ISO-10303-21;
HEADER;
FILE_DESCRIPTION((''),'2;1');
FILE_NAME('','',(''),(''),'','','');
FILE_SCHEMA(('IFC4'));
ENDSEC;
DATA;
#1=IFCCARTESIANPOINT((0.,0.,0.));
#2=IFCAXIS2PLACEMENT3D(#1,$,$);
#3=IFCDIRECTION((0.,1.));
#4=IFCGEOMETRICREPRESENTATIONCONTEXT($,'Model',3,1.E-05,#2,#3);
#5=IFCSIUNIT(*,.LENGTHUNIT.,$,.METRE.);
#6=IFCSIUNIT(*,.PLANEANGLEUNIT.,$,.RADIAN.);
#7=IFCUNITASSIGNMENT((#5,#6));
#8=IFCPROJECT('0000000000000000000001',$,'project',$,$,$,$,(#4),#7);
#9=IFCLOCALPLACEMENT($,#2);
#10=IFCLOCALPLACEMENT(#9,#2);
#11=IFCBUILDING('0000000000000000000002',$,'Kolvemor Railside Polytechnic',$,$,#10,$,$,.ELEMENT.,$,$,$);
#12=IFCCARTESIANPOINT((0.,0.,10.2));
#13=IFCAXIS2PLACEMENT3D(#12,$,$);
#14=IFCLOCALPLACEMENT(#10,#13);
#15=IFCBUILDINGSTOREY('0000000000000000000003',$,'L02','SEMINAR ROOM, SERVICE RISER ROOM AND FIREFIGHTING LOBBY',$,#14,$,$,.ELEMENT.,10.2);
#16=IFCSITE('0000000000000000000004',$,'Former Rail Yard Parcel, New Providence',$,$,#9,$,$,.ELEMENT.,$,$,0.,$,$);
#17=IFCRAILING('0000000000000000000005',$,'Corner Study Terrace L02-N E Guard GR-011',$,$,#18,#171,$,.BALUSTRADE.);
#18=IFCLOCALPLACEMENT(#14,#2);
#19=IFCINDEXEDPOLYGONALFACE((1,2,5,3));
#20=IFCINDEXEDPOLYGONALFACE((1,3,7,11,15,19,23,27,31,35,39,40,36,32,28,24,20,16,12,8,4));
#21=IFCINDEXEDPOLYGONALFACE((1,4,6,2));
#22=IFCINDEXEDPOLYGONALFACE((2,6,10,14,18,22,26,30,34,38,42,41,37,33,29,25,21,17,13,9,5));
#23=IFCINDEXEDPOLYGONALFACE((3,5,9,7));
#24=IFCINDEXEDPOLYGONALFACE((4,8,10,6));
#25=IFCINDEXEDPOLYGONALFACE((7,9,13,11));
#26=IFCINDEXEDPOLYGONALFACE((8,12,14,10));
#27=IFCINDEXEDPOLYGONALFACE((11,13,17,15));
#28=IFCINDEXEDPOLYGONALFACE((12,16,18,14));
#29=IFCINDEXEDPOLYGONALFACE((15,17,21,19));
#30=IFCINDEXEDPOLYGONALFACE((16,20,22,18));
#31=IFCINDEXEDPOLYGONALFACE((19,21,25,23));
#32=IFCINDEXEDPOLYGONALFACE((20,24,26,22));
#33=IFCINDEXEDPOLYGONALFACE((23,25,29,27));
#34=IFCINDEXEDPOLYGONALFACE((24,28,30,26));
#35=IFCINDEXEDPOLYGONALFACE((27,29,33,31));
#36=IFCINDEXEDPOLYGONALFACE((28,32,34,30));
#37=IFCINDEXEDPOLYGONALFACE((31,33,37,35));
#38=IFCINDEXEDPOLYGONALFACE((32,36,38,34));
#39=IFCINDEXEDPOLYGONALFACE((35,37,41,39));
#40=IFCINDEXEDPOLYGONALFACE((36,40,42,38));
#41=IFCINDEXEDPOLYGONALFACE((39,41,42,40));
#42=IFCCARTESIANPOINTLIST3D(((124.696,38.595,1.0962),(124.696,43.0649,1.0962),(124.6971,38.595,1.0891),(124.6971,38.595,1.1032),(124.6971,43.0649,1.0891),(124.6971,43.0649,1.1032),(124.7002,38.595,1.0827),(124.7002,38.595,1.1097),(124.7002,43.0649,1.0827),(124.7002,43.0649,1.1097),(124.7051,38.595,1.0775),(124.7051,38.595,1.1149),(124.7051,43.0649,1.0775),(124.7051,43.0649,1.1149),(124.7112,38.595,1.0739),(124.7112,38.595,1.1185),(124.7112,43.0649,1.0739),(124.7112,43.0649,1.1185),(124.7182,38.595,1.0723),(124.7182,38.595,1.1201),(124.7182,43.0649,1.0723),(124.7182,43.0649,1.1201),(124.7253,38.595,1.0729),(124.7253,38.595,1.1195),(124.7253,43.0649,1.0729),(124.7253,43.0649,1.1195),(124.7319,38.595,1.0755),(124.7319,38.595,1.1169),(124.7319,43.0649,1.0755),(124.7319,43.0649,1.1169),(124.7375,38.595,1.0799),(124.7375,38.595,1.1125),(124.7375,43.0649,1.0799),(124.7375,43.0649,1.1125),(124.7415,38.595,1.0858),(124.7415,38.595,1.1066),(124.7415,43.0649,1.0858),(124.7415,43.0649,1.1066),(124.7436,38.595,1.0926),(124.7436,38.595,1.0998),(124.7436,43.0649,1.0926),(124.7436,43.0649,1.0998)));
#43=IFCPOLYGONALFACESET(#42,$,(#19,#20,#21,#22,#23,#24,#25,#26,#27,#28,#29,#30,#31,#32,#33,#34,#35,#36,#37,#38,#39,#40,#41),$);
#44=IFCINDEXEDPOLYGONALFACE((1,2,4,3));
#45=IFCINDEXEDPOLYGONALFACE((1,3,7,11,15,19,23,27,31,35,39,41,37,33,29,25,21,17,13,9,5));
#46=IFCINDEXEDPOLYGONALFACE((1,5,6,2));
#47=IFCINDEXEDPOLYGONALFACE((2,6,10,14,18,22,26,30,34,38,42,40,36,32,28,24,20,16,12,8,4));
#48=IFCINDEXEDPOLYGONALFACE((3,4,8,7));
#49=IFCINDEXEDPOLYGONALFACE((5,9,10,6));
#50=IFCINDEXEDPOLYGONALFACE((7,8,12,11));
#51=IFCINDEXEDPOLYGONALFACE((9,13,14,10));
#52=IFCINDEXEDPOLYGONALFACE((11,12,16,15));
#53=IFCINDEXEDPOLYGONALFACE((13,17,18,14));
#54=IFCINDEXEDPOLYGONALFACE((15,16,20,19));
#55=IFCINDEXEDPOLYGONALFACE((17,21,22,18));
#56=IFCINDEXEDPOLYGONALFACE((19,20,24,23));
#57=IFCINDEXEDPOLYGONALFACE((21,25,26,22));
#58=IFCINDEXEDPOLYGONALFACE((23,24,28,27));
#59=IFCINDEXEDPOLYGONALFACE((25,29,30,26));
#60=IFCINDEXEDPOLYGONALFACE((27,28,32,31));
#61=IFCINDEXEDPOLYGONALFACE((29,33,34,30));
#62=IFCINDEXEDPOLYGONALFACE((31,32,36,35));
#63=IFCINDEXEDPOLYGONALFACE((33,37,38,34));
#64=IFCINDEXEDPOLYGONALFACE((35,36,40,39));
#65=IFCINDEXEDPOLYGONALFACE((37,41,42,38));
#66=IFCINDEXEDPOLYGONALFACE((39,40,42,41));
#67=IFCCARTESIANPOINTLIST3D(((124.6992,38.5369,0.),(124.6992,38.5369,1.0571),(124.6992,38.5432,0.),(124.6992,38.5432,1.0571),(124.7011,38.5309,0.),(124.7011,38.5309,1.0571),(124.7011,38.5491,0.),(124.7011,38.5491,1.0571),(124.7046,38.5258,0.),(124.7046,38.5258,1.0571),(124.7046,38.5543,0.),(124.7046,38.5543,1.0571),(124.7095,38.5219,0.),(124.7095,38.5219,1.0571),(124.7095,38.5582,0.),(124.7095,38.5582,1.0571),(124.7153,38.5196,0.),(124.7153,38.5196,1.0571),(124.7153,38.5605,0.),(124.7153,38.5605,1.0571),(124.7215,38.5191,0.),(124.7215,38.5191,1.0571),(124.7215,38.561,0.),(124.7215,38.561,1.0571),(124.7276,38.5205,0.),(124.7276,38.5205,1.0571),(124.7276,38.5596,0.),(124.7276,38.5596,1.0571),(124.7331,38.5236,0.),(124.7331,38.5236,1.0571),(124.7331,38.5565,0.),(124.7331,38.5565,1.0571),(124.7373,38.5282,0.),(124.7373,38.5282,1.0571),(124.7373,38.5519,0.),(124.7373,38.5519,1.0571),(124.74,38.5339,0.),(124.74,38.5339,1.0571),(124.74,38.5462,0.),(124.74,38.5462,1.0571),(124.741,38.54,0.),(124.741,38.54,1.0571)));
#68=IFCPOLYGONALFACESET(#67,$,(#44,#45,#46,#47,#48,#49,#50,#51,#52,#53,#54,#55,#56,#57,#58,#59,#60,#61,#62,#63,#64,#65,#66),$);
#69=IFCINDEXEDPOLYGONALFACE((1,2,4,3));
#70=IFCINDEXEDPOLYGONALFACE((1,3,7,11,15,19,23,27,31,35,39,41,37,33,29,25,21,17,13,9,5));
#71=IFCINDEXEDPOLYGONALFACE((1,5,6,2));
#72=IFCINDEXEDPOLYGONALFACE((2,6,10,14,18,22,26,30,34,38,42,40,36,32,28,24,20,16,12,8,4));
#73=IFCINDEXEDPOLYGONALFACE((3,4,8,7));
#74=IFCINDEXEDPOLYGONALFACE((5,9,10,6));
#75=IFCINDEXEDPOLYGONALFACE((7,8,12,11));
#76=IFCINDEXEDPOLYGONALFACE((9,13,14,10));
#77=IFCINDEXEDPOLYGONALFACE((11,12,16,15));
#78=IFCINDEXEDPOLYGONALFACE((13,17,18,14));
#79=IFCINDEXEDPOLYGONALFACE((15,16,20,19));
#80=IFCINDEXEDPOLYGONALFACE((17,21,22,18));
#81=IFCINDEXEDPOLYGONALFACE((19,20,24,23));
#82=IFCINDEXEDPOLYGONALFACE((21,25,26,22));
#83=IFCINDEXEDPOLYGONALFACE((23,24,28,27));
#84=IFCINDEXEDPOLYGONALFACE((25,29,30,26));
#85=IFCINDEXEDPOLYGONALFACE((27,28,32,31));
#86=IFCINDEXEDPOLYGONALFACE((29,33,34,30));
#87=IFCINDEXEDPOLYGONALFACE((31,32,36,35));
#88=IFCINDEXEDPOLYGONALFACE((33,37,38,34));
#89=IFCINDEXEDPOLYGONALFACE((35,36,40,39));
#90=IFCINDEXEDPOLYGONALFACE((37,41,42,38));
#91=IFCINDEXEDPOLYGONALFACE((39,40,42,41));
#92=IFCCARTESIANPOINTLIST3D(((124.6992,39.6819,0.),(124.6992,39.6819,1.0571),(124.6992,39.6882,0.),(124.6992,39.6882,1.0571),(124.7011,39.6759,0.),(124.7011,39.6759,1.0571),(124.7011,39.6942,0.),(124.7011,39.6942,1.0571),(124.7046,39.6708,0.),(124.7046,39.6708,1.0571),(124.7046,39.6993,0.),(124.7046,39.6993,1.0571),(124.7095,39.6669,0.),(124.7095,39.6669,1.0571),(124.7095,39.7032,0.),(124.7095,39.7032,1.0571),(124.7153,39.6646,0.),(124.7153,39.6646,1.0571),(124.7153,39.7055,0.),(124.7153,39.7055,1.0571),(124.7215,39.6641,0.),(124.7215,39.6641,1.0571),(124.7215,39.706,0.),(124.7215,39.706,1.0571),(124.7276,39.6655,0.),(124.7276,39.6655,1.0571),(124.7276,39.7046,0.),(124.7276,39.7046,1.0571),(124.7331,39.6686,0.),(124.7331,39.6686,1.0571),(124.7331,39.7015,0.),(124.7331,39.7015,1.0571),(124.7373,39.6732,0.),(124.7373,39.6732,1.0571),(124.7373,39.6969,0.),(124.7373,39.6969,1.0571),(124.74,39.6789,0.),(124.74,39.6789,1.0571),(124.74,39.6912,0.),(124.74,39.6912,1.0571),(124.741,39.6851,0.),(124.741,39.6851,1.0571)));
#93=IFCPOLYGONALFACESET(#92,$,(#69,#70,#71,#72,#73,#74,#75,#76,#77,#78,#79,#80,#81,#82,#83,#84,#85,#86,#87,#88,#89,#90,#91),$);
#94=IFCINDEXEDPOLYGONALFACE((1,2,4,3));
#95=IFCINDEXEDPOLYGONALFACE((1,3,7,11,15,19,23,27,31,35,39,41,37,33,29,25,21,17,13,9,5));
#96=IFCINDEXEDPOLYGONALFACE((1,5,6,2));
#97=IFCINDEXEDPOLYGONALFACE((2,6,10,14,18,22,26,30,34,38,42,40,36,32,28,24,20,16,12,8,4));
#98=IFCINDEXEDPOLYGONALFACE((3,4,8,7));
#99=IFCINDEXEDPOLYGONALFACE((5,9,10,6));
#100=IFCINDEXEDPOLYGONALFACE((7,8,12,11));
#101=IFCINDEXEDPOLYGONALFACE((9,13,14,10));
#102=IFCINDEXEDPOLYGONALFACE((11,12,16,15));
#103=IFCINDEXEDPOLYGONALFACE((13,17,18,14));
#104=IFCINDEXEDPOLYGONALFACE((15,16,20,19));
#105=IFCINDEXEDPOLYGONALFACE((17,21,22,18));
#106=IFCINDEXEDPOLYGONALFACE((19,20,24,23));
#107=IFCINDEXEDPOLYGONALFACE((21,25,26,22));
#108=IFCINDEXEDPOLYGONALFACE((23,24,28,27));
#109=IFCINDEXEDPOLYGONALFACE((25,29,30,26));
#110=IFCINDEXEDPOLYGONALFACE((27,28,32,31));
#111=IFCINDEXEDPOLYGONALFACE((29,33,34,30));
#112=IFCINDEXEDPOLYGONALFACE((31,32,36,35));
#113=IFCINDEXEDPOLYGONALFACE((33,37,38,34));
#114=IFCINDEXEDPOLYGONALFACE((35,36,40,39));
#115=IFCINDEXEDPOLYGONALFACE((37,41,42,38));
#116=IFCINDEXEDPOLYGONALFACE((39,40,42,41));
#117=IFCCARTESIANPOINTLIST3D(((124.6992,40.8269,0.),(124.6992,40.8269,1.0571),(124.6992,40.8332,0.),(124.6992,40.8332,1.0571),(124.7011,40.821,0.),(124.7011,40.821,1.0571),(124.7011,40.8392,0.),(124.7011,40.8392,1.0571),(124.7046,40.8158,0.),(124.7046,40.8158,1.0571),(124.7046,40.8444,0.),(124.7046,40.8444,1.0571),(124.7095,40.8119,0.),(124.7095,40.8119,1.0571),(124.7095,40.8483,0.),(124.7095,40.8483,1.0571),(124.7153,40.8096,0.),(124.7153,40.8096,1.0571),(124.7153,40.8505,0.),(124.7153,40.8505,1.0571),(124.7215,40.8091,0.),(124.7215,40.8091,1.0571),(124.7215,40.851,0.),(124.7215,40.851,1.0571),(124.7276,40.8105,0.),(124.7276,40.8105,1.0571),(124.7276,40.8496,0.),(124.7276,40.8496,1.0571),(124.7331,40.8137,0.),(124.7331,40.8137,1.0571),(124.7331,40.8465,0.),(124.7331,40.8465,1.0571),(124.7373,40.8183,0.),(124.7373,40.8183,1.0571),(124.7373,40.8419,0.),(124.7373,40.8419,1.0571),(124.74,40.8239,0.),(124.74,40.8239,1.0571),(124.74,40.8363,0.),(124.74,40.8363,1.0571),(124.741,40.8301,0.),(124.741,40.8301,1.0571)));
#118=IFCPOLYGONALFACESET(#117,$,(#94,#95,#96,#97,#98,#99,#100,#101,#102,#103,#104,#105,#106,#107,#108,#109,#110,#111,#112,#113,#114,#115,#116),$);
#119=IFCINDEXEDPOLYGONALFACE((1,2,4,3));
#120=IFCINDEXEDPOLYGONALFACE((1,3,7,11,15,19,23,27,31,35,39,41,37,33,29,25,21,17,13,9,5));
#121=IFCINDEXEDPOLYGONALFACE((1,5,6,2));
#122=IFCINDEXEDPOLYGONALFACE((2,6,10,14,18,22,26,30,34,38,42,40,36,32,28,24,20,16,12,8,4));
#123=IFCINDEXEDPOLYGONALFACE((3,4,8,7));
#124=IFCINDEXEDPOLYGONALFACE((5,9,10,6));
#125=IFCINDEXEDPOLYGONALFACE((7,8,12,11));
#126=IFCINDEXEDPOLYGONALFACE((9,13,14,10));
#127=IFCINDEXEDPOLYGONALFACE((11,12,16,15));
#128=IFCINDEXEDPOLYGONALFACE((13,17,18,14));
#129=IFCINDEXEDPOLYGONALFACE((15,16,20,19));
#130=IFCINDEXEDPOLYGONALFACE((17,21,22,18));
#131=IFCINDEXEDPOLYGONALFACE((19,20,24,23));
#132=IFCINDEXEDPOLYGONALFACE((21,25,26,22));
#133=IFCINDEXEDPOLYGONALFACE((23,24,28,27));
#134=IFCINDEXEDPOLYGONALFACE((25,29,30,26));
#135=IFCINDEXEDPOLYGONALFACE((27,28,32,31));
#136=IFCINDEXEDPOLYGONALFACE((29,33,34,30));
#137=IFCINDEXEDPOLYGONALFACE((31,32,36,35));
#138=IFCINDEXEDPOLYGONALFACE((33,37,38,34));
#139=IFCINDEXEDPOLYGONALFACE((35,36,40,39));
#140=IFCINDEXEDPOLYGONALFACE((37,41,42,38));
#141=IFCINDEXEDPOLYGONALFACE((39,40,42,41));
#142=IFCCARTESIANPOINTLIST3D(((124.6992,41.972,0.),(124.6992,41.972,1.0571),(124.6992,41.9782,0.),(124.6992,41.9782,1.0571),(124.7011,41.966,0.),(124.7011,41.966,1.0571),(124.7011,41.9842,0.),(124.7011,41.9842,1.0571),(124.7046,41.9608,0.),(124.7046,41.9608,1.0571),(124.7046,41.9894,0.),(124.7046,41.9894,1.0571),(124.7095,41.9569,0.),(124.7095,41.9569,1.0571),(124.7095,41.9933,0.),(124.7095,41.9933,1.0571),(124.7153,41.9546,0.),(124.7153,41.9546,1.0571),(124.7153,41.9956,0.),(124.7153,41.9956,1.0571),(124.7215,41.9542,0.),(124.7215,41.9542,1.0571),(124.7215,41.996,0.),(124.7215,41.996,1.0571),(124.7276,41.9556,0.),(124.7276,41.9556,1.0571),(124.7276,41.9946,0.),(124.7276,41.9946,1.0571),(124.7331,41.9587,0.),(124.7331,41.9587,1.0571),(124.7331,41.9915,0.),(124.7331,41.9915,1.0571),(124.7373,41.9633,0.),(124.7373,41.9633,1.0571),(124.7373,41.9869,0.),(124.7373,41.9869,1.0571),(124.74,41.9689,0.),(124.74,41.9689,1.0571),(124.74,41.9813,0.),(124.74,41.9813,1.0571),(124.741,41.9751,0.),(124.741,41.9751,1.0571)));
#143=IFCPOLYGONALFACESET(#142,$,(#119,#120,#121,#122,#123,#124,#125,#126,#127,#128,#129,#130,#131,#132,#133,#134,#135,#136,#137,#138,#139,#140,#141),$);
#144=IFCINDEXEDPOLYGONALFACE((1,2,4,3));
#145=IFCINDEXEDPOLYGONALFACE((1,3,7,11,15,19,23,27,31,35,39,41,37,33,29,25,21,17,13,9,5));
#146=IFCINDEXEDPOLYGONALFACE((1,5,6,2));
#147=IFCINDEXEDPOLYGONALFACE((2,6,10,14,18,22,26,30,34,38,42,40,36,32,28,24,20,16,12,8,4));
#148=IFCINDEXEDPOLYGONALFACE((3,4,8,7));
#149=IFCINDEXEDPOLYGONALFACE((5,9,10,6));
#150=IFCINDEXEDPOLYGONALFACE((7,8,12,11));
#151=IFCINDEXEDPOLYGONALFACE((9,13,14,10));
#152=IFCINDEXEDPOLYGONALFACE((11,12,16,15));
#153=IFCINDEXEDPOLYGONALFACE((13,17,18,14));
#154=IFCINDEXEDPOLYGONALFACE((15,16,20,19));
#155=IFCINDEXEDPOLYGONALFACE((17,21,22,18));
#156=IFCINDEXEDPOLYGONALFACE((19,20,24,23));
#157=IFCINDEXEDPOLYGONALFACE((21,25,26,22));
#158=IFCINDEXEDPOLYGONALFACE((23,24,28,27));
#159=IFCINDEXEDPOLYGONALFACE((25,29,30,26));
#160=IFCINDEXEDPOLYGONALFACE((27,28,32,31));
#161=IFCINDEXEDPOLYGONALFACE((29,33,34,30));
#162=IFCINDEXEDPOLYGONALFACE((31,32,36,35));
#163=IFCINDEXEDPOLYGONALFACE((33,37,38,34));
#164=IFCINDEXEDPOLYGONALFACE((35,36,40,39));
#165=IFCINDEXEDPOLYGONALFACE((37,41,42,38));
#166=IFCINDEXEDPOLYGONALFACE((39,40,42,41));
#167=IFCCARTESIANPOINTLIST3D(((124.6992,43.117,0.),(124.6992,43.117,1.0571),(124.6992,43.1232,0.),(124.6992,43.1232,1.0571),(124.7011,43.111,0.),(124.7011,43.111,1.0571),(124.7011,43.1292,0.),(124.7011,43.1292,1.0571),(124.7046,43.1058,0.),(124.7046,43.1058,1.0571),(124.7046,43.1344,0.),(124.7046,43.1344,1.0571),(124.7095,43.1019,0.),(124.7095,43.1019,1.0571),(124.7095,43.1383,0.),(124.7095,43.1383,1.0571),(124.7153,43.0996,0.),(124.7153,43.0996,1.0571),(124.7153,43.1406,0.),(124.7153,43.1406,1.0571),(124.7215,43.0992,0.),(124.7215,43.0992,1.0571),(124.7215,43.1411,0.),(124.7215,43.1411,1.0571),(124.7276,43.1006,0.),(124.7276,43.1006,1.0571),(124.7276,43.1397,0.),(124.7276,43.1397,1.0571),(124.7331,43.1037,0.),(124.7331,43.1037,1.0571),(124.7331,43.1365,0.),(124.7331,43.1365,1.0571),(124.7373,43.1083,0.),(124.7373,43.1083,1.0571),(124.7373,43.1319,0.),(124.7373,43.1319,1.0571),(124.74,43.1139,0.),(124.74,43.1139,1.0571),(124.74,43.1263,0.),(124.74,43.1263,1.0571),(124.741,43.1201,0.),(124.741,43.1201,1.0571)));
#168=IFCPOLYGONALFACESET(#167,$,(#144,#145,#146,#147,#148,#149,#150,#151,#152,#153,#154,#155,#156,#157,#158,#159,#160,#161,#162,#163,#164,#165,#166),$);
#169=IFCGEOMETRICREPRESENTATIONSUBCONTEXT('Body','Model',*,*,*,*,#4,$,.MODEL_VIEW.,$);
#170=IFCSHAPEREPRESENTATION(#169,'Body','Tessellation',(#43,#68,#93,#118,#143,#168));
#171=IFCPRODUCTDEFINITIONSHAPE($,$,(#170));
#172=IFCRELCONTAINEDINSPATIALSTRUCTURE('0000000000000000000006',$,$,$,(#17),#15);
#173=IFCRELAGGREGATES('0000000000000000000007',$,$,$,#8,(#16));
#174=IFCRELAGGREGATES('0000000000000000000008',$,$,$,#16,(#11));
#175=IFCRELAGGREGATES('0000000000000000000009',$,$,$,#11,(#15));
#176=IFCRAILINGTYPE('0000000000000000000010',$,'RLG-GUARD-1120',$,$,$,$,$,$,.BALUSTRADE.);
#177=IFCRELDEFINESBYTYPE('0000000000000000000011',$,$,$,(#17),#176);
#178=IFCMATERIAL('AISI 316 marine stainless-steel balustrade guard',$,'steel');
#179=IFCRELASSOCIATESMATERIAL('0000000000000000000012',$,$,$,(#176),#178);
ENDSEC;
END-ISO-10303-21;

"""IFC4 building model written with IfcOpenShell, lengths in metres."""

from ifc_helpers import new_model, si_unit, direction, frame, origin, origin_2d, place, context, subcontext, project, spatial, circle, extrude, material, type_object, element, save


model = new_model("IFC4")

# Units and contexts
model_context = context("Model", 3, precision=1e-05, world=origin(), true_north=direction((0.0, 1.0)))
body_context = subcontext(model_context, "Body", "Model", "MODEL_VIEW")
ifc_project = project(units=[si_unit("LENGTHUNIT", "METRE"), si_unit("PLANEANGLEUNIT", "RADIAN")], contexts=[model_context])

# Site, building, storey
site_placement = place(None, origin())
site = spatial("IfcSite", under=ifc_project, at=site_placement, Name="Former Rail Yard Parcel, New Providence", CompositionType="ELEMENT", RefElevation=0.0)
building_placement = place(site_placement, origin())
building = spatial("IfcBuilding", under=site, at=building_placement, Name="Kolvemor Railside Polytechnic", CompositionType="ELEMENT")
storey_placement = place(building_placement, frame((0.0, 0.0, 10.2)))
storey = spatial("IfcBuildingStorey", under=building, at=storey_placement, Name="L02", Description="SEMINAR ROOM, SERVICE RISER ROOM AND FIREFIGHTING LOBBY", CompositionType="ELEMENT", Elevation=10.2)

# Railing
ifc_material_1 = material(Name="AISI 316 marine stainless-steel balustrade guard", Category="steel")
railing_type = type_object("IfcRailingType", Name="RLG-GUARD-1120", PredefinedType="BALUSTRADE", material=ifc_material_1)
railing_1_placement = place(storey_placement, frame((124.72, 38.54, 0.0)))
element("IfcRailing", 1, at=railing_1_placement, inside=storey, type_object=railing_type, Name="Corner Study Terrace L02-N E Guard GR-011", PredefinedType="BALUSTRADE", context=body_context, shape_type="SweptSolid", body=[
    extrude(circle(Radius=0.0239, at=origin_2d()), frame((0.0, 0.0549, 1.0962), z_axis=(0.0, 1.0, 0.0), x_axis=(-1.0, 0.0, 0.0)), (0.0, 0.0, 1.0), 4.47),
    extrude(circle(Radius=0.021, at=origin_2d()), origin(), (0.0, 0.0, 1.0), 1.0571),
    extrude(circle(Radius=0.021, at=origin_2d()), frame((0.0, 1.145, 0.0)), (0.0, 0.0, 1.0), 1.0571),
    extrude(circle(Radius=0.021, at=origin_2d()), frame((0.0, 2.29, 0.0)), (0.0, 0.0, 1.0), 1.0571),
    extrude(circle(Radius=0.021, at=origin_2d()), frame((0.0, 3.4351, 0.0)), (0.0, 0.0, 1.0), 1.0571),
    extrude(circle(Radius=0.021, at=origin_2d()), frame((0.0, 4.5801, 0.0)), (0.0, 0.0, 1.0), 1.0571),
])

save(model, "model.ifc")
